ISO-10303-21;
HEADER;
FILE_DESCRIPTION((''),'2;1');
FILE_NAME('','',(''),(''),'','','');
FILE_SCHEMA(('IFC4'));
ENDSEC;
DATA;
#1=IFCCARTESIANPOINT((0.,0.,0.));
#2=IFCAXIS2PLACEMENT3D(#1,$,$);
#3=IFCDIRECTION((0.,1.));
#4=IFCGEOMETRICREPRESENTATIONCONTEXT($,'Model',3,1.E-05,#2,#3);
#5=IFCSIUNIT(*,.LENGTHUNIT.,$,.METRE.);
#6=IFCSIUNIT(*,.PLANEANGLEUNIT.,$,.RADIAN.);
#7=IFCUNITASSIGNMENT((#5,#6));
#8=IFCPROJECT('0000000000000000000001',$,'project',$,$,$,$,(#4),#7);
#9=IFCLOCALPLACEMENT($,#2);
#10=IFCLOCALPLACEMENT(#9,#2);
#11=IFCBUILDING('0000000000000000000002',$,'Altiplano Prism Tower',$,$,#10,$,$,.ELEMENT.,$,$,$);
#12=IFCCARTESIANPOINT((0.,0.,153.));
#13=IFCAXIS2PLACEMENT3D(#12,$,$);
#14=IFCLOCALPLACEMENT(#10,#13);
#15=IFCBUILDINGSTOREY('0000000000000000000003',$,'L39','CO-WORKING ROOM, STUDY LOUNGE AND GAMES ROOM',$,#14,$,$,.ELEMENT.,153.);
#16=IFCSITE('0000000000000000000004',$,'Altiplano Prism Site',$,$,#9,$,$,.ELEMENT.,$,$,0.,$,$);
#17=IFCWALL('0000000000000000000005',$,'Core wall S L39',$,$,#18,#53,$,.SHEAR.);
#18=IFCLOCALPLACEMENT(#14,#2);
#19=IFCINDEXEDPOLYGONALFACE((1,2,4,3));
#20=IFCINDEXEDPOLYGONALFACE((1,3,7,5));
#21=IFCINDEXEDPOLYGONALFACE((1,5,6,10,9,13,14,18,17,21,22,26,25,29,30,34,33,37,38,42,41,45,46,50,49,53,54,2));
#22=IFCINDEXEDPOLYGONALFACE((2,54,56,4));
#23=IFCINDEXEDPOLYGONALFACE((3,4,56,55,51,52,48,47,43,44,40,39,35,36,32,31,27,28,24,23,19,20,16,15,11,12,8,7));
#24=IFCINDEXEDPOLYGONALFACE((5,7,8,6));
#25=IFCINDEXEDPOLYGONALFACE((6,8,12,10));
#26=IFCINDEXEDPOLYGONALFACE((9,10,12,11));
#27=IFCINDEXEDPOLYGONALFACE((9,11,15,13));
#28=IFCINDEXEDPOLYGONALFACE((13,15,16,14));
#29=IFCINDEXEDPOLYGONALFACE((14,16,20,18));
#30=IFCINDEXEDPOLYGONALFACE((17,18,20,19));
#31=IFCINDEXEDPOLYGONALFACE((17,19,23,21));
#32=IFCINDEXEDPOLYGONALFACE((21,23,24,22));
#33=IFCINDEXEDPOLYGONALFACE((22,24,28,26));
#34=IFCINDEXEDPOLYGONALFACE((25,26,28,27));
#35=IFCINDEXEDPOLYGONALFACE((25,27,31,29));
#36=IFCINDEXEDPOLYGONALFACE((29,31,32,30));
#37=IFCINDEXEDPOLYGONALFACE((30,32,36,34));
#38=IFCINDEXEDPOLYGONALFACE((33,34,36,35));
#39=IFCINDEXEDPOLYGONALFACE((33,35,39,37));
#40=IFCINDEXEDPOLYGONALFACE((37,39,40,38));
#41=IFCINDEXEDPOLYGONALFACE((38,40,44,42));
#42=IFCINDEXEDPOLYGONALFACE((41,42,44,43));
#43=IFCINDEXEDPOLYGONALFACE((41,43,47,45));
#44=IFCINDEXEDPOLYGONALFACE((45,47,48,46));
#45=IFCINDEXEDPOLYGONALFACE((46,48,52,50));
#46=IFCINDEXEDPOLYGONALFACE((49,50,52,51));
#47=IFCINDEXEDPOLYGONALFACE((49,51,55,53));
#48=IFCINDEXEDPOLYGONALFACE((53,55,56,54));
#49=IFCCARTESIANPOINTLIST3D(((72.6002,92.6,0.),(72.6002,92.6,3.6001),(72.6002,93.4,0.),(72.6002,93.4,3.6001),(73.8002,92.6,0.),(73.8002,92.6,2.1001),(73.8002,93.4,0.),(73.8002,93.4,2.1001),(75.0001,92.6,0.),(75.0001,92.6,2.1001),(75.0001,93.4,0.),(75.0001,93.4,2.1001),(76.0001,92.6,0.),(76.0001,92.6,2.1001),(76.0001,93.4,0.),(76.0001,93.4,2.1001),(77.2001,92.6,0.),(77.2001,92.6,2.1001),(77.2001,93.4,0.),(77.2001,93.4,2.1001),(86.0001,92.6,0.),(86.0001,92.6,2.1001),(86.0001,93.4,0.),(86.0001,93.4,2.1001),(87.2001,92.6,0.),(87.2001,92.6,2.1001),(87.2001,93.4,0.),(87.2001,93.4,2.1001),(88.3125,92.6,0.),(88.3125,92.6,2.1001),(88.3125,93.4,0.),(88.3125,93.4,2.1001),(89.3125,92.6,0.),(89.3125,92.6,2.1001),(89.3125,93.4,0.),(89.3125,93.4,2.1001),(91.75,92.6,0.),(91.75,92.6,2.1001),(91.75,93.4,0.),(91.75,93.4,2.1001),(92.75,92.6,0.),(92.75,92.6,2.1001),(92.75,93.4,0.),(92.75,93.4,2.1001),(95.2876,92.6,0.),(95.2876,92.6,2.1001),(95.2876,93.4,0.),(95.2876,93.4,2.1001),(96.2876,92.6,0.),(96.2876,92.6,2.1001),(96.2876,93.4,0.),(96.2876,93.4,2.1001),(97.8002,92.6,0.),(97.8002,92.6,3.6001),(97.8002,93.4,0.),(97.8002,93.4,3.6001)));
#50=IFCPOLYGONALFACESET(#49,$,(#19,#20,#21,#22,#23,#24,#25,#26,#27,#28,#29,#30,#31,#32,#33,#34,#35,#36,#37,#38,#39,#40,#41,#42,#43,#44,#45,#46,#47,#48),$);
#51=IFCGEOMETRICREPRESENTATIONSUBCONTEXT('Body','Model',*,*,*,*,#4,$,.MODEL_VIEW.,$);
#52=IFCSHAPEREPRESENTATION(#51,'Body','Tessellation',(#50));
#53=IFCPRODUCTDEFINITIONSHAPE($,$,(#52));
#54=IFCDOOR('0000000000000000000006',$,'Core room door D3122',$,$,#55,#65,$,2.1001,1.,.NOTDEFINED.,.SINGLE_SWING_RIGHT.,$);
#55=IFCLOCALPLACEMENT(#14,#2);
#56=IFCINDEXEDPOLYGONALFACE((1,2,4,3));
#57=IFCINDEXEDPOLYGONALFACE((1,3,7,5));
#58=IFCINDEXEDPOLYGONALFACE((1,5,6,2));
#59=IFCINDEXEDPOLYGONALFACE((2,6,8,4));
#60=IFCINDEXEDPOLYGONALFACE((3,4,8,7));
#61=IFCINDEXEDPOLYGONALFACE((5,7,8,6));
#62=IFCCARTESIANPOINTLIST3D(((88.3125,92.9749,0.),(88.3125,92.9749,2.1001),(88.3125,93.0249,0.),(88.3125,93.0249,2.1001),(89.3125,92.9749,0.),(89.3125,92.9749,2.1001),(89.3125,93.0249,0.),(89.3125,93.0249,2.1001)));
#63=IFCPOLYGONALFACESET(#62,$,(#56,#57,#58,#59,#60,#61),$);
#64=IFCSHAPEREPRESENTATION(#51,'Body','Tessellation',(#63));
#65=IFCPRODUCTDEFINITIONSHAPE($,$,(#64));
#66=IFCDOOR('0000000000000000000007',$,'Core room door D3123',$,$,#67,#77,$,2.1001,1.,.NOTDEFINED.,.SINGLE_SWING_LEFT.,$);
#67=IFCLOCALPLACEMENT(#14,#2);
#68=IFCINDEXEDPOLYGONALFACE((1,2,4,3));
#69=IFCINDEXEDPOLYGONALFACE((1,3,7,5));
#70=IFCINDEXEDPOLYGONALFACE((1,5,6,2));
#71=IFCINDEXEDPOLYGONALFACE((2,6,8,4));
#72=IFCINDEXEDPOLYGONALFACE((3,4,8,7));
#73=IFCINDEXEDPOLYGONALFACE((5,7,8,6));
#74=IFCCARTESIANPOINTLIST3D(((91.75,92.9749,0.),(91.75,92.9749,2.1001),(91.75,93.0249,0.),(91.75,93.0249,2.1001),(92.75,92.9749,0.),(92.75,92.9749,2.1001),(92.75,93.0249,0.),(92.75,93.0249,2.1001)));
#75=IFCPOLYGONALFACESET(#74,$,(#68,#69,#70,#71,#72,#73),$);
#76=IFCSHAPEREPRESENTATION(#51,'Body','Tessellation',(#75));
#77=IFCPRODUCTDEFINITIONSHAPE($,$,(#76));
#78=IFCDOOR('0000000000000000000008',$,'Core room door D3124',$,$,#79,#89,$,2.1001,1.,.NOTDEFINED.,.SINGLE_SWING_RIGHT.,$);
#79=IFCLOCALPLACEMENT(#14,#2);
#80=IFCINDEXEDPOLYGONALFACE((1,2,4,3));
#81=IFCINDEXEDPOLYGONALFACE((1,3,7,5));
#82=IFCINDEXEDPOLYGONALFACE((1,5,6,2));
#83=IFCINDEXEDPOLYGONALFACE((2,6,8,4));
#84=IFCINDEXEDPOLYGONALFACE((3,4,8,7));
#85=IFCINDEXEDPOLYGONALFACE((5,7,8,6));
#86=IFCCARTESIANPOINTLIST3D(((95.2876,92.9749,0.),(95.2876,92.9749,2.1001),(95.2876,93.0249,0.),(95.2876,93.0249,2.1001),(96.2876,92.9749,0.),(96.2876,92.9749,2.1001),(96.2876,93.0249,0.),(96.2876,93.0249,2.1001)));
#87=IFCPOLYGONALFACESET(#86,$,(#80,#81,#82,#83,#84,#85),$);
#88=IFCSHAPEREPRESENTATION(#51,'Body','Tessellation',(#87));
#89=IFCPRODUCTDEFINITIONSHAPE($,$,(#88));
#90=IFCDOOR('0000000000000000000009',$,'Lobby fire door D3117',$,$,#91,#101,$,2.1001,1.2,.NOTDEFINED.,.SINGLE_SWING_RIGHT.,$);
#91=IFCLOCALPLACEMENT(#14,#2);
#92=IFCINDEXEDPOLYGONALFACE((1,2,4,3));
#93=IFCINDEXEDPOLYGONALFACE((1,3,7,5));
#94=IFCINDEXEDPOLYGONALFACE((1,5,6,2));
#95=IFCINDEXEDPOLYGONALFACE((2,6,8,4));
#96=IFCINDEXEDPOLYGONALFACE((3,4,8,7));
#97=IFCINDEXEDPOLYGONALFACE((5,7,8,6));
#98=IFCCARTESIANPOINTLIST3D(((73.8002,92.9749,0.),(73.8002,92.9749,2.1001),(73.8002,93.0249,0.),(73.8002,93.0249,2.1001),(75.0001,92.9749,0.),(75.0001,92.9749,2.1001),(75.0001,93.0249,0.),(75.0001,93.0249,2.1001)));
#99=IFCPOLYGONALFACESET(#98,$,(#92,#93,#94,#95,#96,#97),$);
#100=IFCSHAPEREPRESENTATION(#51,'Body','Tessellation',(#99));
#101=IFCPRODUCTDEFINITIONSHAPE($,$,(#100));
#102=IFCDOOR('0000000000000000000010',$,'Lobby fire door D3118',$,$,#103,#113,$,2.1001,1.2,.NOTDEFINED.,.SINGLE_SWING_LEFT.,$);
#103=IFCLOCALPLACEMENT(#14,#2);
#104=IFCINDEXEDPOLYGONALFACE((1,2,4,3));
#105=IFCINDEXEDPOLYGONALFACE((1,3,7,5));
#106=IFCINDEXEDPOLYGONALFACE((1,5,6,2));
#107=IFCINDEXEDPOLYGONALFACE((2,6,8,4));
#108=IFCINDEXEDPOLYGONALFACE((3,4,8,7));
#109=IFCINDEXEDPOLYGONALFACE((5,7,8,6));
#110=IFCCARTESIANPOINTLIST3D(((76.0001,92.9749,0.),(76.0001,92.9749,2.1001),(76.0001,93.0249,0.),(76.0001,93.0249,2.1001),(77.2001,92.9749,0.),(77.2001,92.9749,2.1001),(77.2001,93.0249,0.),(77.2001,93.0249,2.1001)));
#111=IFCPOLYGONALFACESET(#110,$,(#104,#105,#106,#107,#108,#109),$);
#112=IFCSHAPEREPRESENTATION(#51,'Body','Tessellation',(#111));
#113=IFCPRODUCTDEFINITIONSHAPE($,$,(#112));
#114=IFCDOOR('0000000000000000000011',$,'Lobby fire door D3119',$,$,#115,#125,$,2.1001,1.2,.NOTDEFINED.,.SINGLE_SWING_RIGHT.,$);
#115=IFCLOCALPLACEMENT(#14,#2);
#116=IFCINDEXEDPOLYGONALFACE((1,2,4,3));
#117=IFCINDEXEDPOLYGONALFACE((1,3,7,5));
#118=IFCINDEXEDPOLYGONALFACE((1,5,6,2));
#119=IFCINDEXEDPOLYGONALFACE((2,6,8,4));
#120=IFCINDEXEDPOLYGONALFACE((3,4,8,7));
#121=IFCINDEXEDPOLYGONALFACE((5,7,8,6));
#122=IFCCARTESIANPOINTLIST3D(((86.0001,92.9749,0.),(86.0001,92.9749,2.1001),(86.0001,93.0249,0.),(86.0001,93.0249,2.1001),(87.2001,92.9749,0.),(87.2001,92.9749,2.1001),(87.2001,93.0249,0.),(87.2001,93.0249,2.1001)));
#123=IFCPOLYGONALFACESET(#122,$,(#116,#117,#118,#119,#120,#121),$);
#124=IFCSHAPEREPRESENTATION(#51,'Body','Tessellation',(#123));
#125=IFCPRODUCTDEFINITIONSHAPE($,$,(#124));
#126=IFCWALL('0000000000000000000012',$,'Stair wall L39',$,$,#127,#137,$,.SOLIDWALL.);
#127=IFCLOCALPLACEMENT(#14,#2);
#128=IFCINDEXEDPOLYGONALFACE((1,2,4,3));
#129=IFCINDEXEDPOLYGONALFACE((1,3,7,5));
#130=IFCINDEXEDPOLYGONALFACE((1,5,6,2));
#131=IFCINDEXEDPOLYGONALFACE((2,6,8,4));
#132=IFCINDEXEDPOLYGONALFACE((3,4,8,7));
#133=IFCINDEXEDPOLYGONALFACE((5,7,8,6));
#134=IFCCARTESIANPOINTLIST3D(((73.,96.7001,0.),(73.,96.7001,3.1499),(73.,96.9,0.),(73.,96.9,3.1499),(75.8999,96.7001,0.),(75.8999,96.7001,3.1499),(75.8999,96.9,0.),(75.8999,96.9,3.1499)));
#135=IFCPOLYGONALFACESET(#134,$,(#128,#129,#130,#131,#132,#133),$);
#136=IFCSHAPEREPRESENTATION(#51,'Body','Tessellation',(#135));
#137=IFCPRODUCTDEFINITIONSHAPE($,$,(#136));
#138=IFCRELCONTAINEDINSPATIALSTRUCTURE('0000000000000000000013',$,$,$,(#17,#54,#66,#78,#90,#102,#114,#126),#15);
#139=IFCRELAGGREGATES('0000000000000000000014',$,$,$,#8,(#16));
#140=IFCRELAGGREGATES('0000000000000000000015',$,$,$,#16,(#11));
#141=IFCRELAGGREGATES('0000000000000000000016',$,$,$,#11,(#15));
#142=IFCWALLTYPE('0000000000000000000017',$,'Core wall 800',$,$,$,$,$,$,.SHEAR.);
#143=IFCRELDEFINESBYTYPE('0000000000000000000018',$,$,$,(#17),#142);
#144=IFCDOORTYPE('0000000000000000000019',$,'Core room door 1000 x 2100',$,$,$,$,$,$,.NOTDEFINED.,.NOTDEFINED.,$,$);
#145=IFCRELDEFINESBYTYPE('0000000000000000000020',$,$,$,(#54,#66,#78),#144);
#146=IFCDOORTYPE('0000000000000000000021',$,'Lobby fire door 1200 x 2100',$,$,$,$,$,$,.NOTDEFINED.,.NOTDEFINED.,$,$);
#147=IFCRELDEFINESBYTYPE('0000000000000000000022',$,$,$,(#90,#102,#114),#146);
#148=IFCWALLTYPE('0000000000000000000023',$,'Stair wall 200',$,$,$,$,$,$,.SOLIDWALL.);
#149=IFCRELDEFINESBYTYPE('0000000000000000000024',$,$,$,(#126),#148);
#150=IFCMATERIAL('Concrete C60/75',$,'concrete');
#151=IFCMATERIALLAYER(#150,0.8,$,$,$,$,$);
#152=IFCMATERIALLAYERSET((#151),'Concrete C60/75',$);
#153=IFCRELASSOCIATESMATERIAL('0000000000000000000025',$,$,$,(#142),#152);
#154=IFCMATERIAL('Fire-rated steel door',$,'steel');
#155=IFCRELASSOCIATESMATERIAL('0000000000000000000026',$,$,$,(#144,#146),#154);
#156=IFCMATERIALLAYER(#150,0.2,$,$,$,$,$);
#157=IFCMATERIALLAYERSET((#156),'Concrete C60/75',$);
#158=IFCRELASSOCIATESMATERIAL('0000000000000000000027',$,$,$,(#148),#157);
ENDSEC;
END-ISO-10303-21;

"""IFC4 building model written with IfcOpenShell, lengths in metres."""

from ifc_helpers import new_model, si_unit, direction, frame, frame_2d, origin, place, context, subcontext, project, spatial, rectangle, extrude, material, layer, layer_set, type_object, element, fill, save


model = new_model("IFC4")

# Units and contexts
model_context = context("Model", 3, precision=1e-05, world=origin(), true_north=direction((0.0, 1.0)))
body_context = subcontext(model_context, "Body", "Model", "MODEL_VIEW")
ifc_project = project(units=[si_unit("LENGTHUNIT", "METRE"), si_unit("PLANEANGLEUNIT", "RADIAN")], contexts=[model_context])

# Site, building, storey
site_placement = place(None, origin())
site = spatial("IfcSite", under=ifc_project, at=site_placement, Name="Altiplano Prism Site", CompositionType="ELEMENT", RefElevation=0.0)
building_placement = place(site_placement, origin())
building = spatial("IfcBuilding", under=site, at=building_placement, Name="Altiplano Prism Tower", CompositionType="ELEMENT")
storey_placement = place(building_placement, frame((0.0, 0.0, 153.0)))
storey = spatial("IfcBuildingStorey", under=building, at=storey_placement, Name="L39", Description="CO-WORKING ROOM, STUDY LOUNGE AND GAMES ROOM", CompositionType="ELEMENT", Elevation=153.0)

# Wall, openings, doors
ifc_material_1 = material(Name="Concrete C60/75", Category="concrete")
ifc_layer_1 = layer(ifc_material_1, 0.8)
ifc_layer_set_1 = layer_set([ifc_layer_1], Name="Concrete C60/75")
wall_type_1 = type_object("IfcWallType", Name="Core wall 800", PredefinedType="SHEAR", material=ifc_layer_set_1)
wall_1_placement = place(storey_placement, frame((72.6001, 93.0, 0.0), z_axis=(0.0, 0.0, 1.0), x_axis=(1.0, 0.0, 0.0)))
wall_1 = element("IfcWall", 1, at=wall_1_placement, inside=storey, type_object=wall_type_1, Name="Core wall S L39", PredefinedType="SHEAR", context=body_context, shape_type="SweptSolid", body=[
    extrude(rectangle(XDim=25.2, YDim=0.8, at=frame_2d((12.6001, 0.0))), origin(), (0.0, 0.0, 1.0), 3.6001),
])
opening_1_placement = place(wall_1_placement, frame((1.2, 0.0, 0.0)))
opening_1 = element("IfcOpeningElement", 2, at=opening_1_placement, cuts=wall_1, PredefinedType="OPENING", context=body_context, shape_type="SweptSolid", body=[
    extrude(rectangle(XDim=1.2, YDim=2.1001, at=frame_2d((0.6001, 1.05))), frame((0.0, 0.4106, 0.0), z_axis=(0.0, -1.0, 0.0), x_axis=(1.0, 0.0, 0.0)), (0.0, 0.0, 1.0), 0.821),
])
opening_2_placement = place(wall_1_placement, frame((3.3999, 0.0, 0.0)))
opening_2 = element("IfcOpeningElement", 3, at=opening_2_placement, cuts=wall_1, PredefinedType="OPENING", context=body_context, shape_type="SweptSolid", body=[
    extrude(rectangle(XDim=1.2, YDim=2.1001, at=frame_2d((0.6001, 1.05))), frame((0.0, 0.4106, 0.0), z_axis=(0.0, -1.0, 0.0), x_axis=(1.0, 0.0, 0.0)), (0.0, 0.0, 1.0), 0.821),
])
opening_3_placement = place(wall_1_placement, frame((13.3999, 0.0, 0.0)))
opening_3 = element("IfcOpeningElement", 4, at=opening_3_placement, cuts=wall_1, PredefinedType="OPENING", context=body_context, shape_type="SweptSolid", body=[
    extrude(rectangle(XDim=1.2, YDim=2.1001, at=frame_2d((0.6001, 1.05))), frame((0.0, 0.4106, 0.0), z_axis=(0.0, -1.0, 0.0), x_axis=(1.0, 0.0, 0.0)), (0.0, 0.0, 1.0), 0.821),
])
opening_4_placement = place(wall_1_placement, frame((15.7124, 0.0, 0.0)))
opening_4 = element("IfcOpeningElement", 5, at=opening_4_placement, cuts=wall_1, PredefinedType="OPENING", context=body_context, shape_type="SweptSolid", body=[
    extrude(rectangle(XDim=1.0, YDim=2.1001, at=frame_2d((0.5, 1.05))), frame((0.0, 0.4106, 0.0), z_axis=(0.0, -1.0, 0.0), x_axis=(1.0, 0.0, 0.0)), (0.0, 0.0, 1.0), 0.821),
])
opening_5_placement = place(wall_1_placement, frame((19.1499, 0.0, 0.0)))
opening_5 = element("IfcOpeningElement", 6, at=opening_5_placement, cuts=wall_1, PredefinedType="OPENING", context=body_context, shape_type="SweptSolid", body=[
    extrude(rectangle(XDim=1.0, YDim=2.1001, at=frame_2d((0.5, 1.05))), frame((0.0, 0.4106, 0.0), z_axis=(0.0, -1.0, 0.0), x_axis=(1.0, 0.0, 0.0)), (0.0, 0.0, 1.0), 0.821),
])
opening_6_placement = place(wall_1_placement, frame((22.6875, 0.0, 0.0)))
opening_6 = element("IfcOpeningElement", 7, at=opening_6_placement, cuts=wall_1, PredefinedType="OPENING", context=body_context, shape_type="SweptSolid", body=[
    extrude(rectangle(XDim=1.0, YDim=2.1001, at=frame_2d((0.5, 1.05))), frame((0.0, 0.4106, 0.0), z_axis=(0.0, -1.0, 0.0), x_axis=(1.0, 0.0, 0.0)), (0.0, 0.0, 1.0), 0.821),
])
ifc_material_2 = material(Name="Fire-rated steel door", Category="steel")
door_type_1 = type_object("IfcDoorType", Name="Core room door 1000 x 2100", OperationType="NOTDEFINED", PredefinedType="NOTDEFINED", material=ifc_material_2)
door_1_placement = place(opening_4_placement, origin())
door_1 = element("IfcDoor", 8, at=door_1_placement, inside=storey, type_object=door_type_1, Name="Core room door D3122", OperationType="SINGLE_SWING_RIGHT", OverallHeight=2.1001, OverallWidth=1.0, PredefinedType="NOTDEFINED", context=body_context, shape_type="SweptSolid", body=[
    extrude(rectangle(XDim=1.0, YDim=2.1001, at=frame_2d((0.5, 1.05))), frame((0.0, 0.0249, 0.0), z_axis=(0.0, -1.0, 0.0), x_axis=(1.0, 0.0, 0.0)), (0.0, 0.0, 1.0), 0.05),
])
fill(opening_4, door_1)
door_2_placement = place(opening_5_placement, origin())
door_2 = element("IfcDoor", 9, at=door_2_placement, inside=storey, type_object=door_type_1, Name="Core room door D3123", OperationType="SINGLE_SWING_LEFT", OverallHeight=2.1001, OverallWidth=1.0, PredefinedType="NOTDEFINED", context=body_context, shape_type="SweptSolid", body=[
    extrude(rectangle(XDim=1.0, YDim=2.1001, at=frame_2d((0.5, 1.05))), frame((0.0, 0.0249, 0.0), z_axis=(0.0, -1.0, 0.0), x_axis=(1.0, 0.0, 0.0)), (0.0, 0.0, 1.0), 0.05),
])
fill(opening_5, door_2)
door_3_placement = place(opening_6_placement, origin())
door_3 = element("IfcDoor", 10, at=door_3_placement, inside=storey, type_object=door_type_1, Name="Core room door D3124", OperationType="SINGLE_SWING_RIGHT", OverallHeight=2.1001, OverallWidth=1.0, PredefinedType="NOTDEFINED", context=body_context, shape_type="SweptSolid", body=[
    extrude(rectangle(XDim=1.0, YDim=2.1001, at=frame_2d((0.5, 1.05))), frame((0.0, 0.0249, 0.0), z_axis=(0.0, -1.0, 0.0), x_axis=(1.0, 0.0, 0.0)), (0.0, 0.0, 1.0), 0.05),
])
fill(opening_6, door_3)
door_type_2 = type_object("IfcDoorType", Name="Lobby fire door 1200 x 2100", OperationType="NOTDEFINED", PredefinedType="NOTDEFINED", material=ifc_material_2)
door_4_placement = place(opening_1_placement, origin())
door_4 = element("IfcDoor", 11, at=door_4_placement, inside=storey, type_object=door_type_2, Name="Lobby fire door D3117", OperationType="SINGLE_SWING_RIGHT", OverallHeight=2.1001, OverallWidth=1.2, PredefinedType="NOTDEFINED", context=body_context, shape_type="SweptSolid", body=[
    extrude(rectangle(XDim=1.2, YDim=2.1001, at=frame_2d((0.6001, 1.05))), frame((0.0, 0.0249, 0.0), z_axis=(0.0, -1.0, 0.0), x_axis=(1.0, 0.0, 0.0)), (0.0, 0.0, 1.0), 0.05),
])
fill(opening_1, door_4)
door_5_placement = place(opening_2_placement, origin())
door_5 = element("IfcDoor", 12, at=door_5_placement, inside=storey, type_object=door_type_2, Name="Lobby fire door D3118", OperationType="SINGLE_SWING_LEFT", OverallHeight=2.1001, OverallWidth=1.2, PredefinedType="NOTDEFINED", context=body_context, shape_type="SweptSolid", body=[
    extrude(rectangle(XDim=1.2, YDim=2.1001, at=frame_2d((0.6001, 1.05))), frame((0.0, 0.0249, 0.0), z_axis=(0.0, -1.0, 0.0), x_axis=(1.0, 0.0, 0.0)), (0.0, 0.0, 1.0), 0.05),
])
fill(opening_2, door_5)
door_6_placement = place(opening_3_placement, origin())
door_6 = element("IfcDoor", 13, at=door_6_placement, inside=storey, type_object=door_type_2, Name="Lobby fire door D3119", OperationType="SINGLE_SWING_RIGHT", OverallHeight=2.1001, OverallWidth=1.2, PredefinedType="NOTDEFINED", context=body_context, shape_type="SweptSolid", body=[
    extrude(rectangle(XDim=1.2, YDim=2.1001, at=frame_2d((0.6001, 1.05))), frame((0.0, 0.0249, 0.0), z_axis=(0.0, -1.0, 0.0), x_axis=(1.0, 0.0, 0.0)), (0.0, 0.0, 1.0), 0.05),
])
fill(opening_3, door_6)

# Wall
ifc_layer_2 = layer(ifc_material_1, 0.2)
ifc_layer_set_2 = layer_set([ifc_layer_2], Name="Concrete C60/75")
wall_type_2 = type_object("IfcWallType", Name="Stair wall 200", PredefinedType="SOLIDWALL", material=ifc_layer_set_2)
wall_2_placement = place(storey_placement, frame((73.0, 96.8, 0.0), z_axis=(0.0, 0.0, 1.0), x_axis=(1.0, 0.0, 0.0)))
element("IfcWall", 14, at=wall_2_placement, inside=storey, type_object=wall_type_2, Name="Stair wall L39", PredefinedType="SOLIDWALL", context=body_context, shape_type="SweptSolid", body=[
    extrude(rectangle(XDim=2.8999, YDim=0.2, at=frame_2d((1.45, 0.0))), origin(), (0.0, 0.0, 1.0), 3.1499),
])

save(model, "model.ifc")
